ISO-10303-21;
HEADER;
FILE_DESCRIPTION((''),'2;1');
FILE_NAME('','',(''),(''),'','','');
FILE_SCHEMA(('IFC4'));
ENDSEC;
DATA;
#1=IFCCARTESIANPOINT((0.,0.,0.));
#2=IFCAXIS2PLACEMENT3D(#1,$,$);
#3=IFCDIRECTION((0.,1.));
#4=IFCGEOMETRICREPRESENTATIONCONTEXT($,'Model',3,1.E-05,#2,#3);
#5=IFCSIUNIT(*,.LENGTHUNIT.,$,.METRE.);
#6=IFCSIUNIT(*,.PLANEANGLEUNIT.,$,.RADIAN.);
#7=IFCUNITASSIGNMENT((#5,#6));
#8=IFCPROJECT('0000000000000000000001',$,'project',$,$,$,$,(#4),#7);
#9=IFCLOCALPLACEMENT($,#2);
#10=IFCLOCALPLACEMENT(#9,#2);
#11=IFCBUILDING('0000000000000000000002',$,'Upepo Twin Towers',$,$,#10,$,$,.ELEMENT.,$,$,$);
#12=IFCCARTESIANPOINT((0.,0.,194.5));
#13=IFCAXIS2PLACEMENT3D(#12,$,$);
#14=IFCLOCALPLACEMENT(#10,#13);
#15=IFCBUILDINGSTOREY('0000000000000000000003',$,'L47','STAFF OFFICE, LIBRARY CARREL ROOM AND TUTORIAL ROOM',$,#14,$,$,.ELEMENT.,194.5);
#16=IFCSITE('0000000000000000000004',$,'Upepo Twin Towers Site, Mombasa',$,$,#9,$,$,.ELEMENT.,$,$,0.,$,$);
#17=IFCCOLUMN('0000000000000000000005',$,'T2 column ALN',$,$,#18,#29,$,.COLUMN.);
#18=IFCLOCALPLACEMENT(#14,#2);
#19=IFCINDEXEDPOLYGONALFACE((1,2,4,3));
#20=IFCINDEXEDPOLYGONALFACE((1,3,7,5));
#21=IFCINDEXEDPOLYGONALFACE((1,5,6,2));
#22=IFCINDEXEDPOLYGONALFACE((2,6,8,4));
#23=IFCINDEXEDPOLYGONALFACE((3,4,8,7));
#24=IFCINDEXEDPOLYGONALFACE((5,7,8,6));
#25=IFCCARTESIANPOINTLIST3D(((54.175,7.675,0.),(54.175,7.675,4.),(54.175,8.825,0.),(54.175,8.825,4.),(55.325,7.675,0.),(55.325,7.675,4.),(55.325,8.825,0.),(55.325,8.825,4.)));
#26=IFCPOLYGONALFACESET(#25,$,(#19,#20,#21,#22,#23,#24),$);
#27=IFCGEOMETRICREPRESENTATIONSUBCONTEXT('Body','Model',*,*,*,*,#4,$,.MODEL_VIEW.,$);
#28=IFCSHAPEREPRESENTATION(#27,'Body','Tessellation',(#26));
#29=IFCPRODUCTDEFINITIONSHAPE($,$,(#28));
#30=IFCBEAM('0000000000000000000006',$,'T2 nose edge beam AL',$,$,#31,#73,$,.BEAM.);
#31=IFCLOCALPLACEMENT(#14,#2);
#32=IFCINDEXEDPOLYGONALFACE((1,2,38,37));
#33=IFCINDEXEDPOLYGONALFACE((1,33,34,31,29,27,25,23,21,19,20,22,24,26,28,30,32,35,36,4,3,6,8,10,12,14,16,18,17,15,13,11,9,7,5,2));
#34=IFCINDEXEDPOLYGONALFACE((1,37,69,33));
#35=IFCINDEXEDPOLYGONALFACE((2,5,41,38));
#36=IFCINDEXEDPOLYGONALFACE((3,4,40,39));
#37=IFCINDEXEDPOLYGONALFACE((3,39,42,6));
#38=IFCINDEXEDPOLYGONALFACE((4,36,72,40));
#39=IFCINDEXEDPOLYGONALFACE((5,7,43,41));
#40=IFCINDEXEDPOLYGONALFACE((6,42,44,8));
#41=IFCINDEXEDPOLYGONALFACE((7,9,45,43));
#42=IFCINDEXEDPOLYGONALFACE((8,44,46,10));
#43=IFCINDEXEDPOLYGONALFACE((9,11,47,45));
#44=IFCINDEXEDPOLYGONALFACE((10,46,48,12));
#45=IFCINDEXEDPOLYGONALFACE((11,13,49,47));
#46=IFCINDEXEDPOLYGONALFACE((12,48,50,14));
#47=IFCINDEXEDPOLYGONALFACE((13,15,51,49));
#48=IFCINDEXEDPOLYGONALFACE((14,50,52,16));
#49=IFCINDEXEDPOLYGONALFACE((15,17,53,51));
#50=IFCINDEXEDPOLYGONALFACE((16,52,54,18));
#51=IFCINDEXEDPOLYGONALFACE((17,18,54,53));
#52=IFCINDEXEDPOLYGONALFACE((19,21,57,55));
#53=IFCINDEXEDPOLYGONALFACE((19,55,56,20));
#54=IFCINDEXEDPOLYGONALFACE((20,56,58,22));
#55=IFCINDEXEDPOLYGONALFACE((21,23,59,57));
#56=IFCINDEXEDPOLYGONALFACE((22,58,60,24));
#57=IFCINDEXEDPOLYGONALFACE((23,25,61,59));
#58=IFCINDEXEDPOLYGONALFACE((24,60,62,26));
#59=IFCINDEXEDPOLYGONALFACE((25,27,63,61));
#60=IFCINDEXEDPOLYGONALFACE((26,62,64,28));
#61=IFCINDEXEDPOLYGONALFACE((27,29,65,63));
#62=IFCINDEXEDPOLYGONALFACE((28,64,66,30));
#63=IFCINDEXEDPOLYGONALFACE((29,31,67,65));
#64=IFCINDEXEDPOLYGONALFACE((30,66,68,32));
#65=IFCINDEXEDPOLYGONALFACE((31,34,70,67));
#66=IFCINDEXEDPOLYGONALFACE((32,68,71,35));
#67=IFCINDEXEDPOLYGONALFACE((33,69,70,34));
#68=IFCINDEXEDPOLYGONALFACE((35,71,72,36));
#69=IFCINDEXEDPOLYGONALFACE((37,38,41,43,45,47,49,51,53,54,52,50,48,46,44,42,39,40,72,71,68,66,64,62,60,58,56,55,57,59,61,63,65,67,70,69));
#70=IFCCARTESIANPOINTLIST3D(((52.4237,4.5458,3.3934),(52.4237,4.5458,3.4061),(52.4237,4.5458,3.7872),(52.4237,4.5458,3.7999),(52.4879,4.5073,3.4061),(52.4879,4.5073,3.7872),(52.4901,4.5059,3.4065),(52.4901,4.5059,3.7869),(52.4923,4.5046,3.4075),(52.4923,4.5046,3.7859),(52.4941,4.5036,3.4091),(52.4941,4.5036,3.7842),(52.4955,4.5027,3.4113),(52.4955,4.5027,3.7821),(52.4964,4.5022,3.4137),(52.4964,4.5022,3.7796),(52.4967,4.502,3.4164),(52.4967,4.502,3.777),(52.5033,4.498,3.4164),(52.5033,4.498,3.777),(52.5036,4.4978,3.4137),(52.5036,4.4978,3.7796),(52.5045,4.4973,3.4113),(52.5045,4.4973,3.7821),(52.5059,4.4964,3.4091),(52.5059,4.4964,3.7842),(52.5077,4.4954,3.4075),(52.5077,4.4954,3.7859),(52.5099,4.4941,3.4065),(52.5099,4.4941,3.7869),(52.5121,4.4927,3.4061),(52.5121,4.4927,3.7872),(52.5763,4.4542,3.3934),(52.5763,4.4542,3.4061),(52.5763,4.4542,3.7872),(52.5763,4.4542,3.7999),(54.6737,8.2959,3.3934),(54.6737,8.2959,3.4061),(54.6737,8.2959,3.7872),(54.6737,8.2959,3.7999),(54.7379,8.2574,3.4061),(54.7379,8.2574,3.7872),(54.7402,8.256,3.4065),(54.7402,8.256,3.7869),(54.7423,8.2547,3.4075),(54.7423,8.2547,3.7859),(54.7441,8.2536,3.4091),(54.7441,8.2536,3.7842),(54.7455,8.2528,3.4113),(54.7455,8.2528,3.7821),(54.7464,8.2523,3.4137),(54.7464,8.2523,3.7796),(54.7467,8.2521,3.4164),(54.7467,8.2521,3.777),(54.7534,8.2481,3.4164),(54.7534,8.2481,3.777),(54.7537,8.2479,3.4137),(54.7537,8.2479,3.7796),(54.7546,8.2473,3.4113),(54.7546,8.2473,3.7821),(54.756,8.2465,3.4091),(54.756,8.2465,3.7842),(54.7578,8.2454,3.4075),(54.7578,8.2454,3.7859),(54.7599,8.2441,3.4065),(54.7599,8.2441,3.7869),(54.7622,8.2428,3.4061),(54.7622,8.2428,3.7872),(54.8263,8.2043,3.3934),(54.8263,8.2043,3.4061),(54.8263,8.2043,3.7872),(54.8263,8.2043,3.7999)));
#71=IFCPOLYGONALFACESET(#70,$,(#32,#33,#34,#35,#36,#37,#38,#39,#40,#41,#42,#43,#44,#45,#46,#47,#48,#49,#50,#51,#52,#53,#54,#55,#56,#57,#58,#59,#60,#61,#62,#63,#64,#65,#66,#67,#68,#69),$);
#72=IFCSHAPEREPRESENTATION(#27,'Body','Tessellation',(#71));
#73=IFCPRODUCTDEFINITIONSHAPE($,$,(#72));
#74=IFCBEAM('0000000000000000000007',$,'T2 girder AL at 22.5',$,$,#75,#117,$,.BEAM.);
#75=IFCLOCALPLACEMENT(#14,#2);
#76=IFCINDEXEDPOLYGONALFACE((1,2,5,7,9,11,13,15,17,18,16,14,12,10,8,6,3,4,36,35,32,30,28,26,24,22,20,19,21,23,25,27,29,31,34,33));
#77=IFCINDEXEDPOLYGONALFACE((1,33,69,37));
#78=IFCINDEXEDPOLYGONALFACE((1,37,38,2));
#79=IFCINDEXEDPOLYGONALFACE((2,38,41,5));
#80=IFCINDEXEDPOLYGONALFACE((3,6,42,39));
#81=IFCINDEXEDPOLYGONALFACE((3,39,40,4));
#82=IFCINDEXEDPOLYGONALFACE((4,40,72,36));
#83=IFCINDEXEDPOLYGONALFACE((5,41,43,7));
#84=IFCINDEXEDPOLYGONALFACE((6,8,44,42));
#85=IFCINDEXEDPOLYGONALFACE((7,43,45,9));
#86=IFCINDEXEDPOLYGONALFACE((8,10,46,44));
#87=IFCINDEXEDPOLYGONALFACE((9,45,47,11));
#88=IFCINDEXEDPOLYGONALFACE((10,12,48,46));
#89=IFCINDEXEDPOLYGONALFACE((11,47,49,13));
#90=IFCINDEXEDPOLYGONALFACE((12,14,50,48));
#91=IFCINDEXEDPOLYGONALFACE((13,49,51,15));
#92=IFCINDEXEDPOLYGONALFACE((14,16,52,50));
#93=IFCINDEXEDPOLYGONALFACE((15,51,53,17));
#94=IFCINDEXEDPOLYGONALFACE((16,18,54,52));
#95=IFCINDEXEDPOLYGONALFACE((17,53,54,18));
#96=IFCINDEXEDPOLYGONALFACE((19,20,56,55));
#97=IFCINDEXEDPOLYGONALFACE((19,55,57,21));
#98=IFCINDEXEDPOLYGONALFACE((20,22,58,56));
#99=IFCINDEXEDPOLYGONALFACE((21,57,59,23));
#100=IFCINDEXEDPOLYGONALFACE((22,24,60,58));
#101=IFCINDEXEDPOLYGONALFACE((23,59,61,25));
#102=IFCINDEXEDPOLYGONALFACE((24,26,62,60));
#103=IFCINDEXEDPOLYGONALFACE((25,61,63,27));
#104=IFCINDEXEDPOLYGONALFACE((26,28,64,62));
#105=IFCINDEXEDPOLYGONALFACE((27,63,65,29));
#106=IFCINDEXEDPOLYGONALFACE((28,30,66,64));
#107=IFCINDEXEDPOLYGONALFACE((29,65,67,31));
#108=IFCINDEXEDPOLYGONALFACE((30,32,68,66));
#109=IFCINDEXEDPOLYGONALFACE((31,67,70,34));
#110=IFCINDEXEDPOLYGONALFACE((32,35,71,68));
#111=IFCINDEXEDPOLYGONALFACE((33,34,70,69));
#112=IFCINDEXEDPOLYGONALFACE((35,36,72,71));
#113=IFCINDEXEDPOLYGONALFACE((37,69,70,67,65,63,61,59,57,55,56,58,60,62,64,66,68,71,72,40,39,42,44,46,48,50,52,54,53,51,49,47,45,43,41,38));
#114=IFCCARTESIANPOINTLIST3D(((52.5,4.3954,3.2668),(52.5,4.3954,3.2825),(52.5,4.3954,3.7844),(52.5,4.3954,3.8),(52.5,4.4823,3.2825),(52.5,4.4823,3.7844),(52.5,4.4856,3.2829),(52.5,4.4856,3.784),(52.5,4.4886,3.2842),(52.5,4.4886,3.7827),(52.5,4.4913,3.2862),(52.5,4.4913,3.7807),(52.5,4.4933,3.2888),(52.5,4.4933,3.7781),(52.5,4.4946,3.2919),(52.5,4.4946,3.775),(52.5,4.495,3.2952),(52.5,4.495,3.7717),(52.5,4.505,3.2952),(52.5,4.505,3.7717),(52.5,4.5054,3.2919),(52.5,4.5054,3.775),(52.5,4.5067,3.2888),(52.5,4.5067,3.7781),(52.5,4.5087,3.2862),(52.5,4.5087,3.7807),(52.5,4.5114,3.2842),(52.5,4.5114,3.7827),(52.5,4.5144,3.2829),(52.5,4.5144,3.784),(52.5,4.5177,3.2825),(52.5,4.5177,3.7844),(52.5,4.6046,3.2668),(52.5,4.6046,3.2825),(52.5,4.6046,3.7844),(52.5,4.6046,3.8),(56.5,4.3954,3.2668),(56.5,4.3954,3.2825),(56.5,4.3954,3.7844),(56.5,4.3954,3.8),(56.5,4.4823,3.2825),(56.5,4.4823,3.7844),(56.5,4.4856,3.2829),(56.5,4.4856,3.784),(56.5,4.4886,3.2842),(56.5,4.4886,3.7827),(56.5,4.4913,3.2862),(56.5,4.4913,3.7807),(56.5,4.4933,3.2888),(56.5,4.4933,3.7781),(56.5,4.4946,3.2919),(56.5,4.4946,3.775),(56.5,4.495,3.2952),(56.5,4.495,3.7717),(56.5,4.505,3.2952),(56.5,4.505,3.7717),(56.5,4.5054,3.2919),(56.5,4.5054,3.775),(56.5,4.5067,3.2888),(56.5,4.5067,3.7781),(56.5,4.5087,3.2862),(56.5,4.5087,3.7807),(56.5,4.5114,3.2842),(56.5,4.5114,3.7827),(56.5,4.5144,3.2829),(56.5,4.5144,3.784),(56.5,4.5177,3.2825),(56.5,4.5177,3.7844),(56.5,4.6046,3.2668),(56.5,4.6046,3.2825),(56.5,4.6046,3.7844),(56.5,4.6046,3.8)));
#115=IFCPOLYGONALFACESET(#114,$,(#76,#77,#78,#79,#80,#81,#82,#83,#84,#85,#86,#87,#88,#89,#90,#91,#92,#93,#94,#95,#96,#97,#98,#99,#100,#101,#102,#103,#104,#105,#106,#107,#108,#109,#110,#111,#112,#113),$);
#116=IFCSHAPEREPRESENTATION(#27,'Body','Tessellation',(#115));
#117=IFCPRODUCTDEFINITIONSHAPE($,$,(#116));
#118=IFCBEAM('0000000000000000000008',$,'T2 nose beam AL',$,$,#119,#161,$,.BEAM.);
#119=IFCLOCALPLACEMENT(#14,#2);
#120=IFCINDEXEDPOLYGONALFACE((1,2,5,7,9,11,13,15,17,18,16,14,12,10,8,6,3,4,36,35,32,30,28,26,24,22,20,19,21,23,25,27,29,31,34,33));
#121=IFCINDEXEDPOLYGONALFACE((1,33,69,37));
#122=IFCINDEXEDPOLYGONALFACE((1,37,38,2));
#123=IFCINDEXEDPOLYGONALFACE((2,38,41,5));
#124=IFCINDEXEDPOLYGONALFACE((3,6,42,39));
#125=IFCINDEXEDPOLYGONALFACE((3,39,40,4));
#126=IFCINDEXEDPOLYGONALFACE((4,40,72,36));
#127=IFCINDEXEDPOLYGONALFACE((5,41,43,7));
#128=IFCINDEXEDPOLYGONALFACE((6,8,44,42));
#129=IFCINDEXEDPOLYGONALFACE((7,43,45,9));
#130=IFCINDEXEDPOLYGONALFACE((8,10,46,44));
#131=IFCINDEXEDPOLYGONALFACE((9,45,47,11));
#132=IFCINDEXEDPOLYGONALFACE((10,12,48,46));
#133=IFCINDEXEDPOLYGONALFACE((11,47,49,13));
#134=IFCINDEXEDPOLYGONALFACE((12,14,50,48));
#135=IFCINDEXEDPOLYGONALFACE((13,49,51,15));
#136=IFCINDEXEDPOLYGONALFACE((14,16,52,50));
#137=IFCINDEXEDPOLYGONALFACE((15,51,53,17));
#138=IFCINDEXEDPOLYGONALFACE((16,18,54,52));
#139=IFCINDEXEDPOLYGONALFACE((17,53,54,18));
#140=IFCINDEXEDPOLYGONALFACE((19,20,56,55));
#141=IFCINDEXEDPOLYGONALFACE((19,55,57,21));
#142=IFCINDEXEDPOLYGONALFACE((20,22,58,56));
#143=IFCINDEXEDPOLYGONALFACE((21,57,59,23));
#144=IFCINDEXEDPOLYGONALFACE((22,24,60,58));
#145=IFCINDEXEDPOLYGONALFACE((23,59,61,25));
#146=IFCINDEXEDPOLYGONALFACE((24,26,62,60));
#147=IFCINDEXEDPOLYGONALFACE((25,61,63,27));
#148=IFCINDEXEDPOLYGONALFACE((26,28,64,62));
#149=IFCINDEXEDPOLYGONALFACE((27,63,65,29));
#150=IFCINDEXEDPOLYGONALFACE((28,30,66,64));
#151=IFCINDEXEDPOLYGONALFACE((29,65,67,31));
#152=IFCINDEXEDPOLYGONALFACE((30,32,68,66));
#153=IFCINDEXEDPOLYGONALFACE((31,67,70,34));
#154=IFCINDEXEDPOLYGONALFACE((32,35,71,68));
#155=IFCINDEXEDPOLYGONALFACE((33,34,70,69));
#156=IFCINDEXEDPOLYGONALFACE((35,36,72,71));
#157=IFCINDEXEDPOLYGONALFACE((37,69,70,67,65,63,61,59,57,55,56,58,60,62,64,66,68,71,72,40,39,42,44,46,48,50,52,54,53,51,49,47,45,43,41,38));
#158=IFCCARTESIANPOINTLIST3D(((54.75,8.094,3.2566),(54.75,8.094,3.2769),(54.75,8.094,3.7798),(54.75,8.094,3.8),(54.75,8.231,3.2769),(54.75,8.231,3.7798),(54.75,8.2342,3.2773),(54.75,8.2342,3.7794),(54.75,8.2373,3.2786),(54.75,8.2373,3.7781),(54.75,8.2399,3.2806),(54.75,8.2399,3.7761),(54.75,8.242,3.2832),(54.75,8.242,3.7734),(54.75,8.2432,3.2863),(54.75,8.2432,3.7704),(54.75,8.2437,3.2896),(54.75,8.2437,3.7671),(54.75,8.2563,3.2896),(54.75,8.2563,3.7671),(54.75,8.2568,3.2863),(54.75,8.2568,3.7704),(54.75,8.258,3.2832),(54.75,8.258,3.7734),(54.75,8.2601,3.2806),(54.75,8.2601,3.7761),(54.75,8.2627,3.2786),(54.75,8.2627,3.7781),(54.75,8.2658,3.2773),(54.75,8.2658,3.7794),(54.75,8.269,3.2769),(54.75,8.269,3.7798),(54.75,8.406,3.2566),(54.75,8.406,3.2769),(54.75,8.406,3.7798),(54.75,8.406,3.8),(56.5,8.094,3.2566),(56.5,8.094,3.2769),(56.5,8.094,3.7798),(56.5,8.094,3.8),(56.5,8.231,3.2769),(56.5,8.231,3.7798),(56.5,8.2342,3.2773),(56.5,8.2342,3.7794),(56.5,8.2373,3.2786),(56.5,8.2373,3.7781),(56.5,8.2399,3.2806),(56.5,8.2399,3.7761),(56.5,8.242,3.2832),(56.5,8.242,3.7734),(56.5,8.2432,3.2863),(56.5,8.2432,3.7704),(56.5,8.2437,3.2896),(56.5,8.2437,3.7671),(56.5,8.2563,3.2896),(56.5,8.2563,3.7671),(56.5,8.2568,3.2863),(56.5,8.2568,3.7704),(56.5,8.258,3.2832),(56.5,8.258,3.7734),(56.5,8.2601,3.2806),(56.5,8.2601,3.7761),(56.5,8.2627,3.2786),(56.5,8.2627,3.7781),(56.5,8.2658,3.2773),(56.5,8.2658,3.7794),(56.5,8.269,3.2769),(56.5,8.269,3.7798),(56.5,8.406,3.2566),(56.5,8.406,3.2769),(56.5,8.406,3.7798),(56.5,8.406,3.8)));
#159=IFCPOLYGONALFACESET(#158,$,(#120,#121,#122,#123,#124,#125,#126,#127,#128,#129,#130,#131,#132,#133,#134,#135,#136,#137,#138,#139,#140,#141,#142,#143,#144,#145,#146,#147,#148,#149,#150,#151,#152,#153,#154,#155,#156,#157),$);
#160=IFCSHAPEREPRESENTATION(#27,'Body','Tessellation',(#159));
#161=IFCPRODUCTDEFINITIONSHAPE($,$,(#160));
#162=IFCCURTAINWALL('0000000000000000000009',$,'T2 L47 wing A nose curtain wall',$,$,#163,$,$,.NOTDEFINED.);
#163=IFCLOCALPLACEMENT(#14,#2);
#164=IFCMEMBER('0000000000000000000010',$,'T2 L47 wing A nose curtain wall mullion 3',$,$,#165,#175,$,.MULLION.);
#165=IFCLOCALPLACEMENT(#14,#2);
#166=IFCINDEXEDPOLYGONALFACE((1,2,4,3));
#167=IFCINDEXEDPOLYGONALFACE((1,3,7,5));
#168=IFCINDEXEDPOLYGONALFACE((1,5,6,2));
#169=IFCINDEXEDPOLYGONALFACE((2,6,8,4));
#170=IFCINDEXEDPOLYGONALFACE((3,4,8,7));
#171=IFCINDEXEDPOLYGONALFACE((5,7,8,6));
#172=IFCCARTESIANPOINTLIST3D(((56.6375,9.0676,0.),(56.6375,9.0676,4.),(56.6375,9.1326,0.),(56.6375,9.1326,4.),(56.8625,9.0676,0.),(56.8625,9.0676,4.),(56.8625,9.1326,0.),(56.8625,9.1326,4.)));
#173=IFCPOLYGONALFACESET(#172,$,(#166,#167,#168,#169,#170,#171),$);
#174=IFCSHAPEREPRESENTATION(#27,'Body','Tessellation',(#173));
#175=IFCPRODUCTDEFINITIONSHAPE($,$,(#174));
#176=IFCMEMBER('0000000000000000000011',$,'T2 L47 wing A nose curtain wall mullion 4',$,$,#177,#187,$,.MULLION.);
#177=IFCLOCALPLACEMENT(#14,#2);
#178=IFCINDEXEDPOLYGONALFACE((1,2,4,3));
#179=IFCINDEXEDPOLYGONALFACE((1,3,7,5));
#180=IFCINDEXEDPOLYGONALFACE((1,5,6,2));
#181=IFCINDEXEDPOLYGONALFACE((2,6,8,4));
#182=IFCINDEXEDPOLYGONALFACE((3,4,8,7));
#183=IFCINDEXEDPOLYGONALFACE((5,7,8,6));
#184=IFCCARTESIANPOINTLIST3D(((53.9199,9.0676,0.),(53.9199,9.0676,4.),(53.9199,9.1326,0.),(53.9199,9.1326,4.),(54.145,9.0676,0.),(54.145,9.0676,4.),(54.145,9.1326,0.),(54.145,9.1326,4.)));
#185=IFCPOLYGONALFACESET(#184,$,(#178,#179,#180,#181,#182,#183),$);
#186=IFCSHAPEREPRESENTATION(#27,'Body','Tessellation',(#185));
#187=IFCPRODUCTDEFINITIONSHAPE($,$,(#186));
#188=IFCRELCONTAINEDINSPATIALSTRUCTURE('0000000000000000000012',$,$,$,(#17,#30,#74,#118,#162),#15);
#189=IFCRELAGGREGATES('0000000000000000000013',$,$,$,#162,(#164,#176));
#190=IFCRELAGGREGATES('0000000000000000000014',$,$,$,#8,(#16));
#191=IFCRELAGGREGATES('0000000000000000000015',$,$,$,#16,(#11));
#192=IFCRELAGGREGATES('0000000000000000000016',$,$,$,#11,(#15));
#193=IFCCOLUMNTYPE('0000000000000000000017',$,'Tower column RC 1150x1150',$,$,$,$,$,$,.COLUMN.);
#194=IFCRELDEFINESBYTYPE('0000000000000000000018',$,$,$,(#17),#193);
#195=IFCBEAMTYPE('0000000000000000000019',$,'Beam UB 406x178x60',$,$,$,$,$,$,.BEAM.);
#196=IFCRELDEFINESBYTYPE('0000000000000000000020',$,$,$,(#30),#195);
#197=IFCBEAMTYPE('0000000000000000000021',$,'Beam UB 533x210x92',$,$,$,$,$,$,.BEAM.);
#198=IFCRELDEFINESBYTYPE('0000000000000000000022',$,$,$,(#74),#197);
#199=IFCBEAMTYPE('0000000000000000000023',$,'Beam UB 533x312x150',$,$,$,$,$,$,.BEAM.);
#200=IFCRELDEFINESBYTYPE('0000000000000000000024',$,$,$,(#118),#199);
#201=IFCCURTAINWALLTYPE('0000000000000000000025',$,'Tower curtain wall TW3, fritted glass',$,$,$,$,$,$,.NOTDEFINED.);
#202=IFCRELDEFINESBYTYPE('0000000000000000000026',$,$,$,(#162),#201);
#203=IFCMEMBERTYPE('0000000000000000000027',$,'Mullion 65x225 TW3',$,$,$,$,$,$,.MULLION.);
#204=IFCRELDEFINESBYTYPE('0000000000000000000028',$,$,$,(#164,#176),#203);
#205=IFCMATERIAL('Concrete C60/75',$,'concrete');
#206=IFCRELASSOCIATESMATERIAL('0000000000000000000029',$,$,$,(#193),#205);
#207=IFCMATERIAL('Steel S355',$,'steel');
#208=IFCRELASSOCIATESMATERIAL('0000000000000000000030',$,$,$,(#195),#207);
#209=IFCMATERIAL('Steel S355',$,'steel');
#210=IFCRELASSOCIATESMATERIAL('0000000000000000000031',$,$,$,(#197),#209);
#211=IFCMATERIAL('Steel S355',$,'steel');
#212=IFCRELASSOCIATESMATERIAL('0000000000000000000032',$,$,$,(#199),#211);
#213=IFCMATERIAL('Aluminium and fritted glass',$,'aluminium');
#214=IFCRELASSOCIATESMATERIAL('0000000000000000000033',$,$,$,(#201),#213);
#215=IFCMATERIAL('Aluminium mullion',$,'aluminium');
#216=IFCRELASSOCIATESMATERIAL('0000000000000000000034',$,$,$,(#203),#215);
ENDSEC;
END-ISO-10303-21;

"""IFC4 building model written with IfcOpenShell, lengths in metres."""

from ifc_helpers import new_model, si_unit, direction, frame, origin, origin_2d, place, context, subcontext, project, spatial, rectangle, i_section, extrude, material, material_profile, profile_set, type_object, element, aggregate, save


model = new_model("IFC4")

# Units and contexts
model_context = context("Model", 3, precision=1e-05, world=origin(), true_north=direction((0.0, 1.0)))
body_context = subcontext(model_context, "Body", "Model", "MODEL_VIEW")
ifc_project = project(units=[si_unit("LENGTHUNIT", "METRE"), si_unit("PLANEANGLEUNIT", "RADIAN")], contexts=[model_context])

# Site, building, storey
site_placement = place(None, origin())
site = spatial("IfcSite", under=ifc_project, at=site_placement, Name="Upepo Twin Towers Site, Mombasa", CompositionType="ELEMENT", RefElevation=0.0)
building_placement = place(site_placement, origin())
building = spatial("IfcBuilding", under=site, at=building_placement, Name="Upepo Twin Towers", CompositionType="ELEMENT")
storey_placement = place(building_placement, frame((0.0, 0.0, 194.5)))
storey = spatial("IfcBuildingStorey", under=building, at=storey_placement, Name="L47", Description="STAFF OFFICE, LIBRARY CARREL ROOM AND TUTORIAL ROOM", CompositionType="ELEMENT", Elevation=194.5)

# Column
ifc_material_1 = material(Name="Concrete C60/75", Category="concrete")
ifc_material_profile_1 = material_profile(ifc_material_1, rectangle(XDim=1.1499, YDim=1.1499, at=origin_2d()), Name="RC 1150x1150")
ifc_profile_set_1 = profile_set([ifc_material_profile_1], Name="Concrete C60/75")
column_type = type_object("IfcColumnType", Name="Tower column RC 1150x1150", PredefinedType="COLUMN", material=ifc_profile_set_1)
column_placement = place(storey_placement, frame((54.75, 8.25, 0.0), z_axis=(0.0, 0.0, 1.0), x_axis=(1.0, 0.0, 0.0)))
element("IfcColumn", 1, at=column_placement, inside=storey, type_object=column_type, Name="T2 column ALN", PredefinedType="COLUMN", context=body_context, shape_type="SweptSolid", body=[
    extrude(rectangle(XDim=1.1499, YDim=1.1499, at=origin_2d()), origin(), (0.0, 0.0, 1.0), 4.0),
])

# Beams
ifc_material_2 = material(Name="Steel S355", Category="steel")
ifc_material_profile_2 = material_profile(ifc_material_2, i_section(OverallWidth=0.178, OverallDepth=0.4065, WebThickness=0.0078, FlangeThickness=0.0127, FilletRadius=0.0103, at=origin_2d()), Name="UB 406x178x60")
ifc_profile_set_2 = profile_set([ifc_material_profile_2], Name="Steel S355")
beam_type_1 = type_object("IfcBeamType", Name="Beam UB 406x178x60", PredefinedType="BEAM", material=ifc_profile_set_2)
beam_1_placement = place(storey_placement, frame((52.5, 4.5, 3.5967), z_axis=(0.514496, 0.857493, 0.0), x_axis=(-0.857493, 0.514496, 0.0)))
element("IfcBeam", 2, at=beam_1_placement, inside=storey, type_object=beam_type_1, Name="T2 nose edge beam AL", PredefinedType="BEAM", context=body_context, shape_type="SweptSolid", body=[
    extrude(i_section(OverallWidth=0.178, OverallDepth=0.4065, WebThickness=0.0078, FlangeThickness=0.0127, FilletRadius=0.0103, at=origin_2d()), origin(), (0.0, 0.0, 1.0), 4.3733),
])
ifc_material_3 = material(Name="Steel S355", Category="steel")
ifc_material_profile_3 = material_profile(ifc_material_3, i_section(OverallWidth=0.2092, OverallDepth=0.5332, WebThickness=0.01, FlangeThickness=0.0156, FilletRadius=0.0127, at=origin_2d()), Name="UB 533x210x92")
ifc_profile_set_3 = profile_set([ifc_material_profile_3], Name="Steel S355")
beam_type_2 = type_object("IfcBeamType", Name="Beam UB 533x210x92", PredefinedType="BEAM", material=ifc_profile_set_3)
beam_2_placement = place(storey_placement, frame((52.5, 4.5, 3.5334), z_axis=(1.0, 0.0, 0.0), x_axis=(0.0, 1.0, 0.0)))
element("IfcBeam", 3, at=beam_2_placement, inside=storey, type_object=beam_type_2, Name="T2 girder AL at 22.5", PredefinedType="BEAM", context=body_context, shape_type="SweptSolid", body=[
    extrude(i_section(OverallWidth=0.2092, OverallDepth=0.5332, WebThickness=0.01, FlangeThickness=0.0156, FilletRadius=0.0127, at=origin_2d()), origin(), (0.0, 0.0, 1.0), 4.0),
])
ifc_material_4 = material(Name="Steel S355", Category="steel")
ifc_material_profile_4 = material_profile(ifc_material_4, i_section(OverallWidth=0.312, OverallDepth=0.5435, WebThickness=0.0127, FlangeThickness=0.0203, FilletRadius=0.0127, at=origin_2d()), Name="UB 533x312x150")
ifc_profile_set_4 = profile_set([ifc_material_profile_4], Name="Steel S355")
beam_type_3 = type_object("IfcBeamType", Name="Beam UB 533x312x150", PredefinedType="BEAM", material=ifc_profile_set_4)
beam_3_placement = place(storey_placement, frame((54.75, 8.25, 3.5283), z_axis=(1.0, 0.0, 0.0), x_axis=(0.0, 1.0, 0.0)))
element("IfcBeam", 4, at=beam_3_placement, inside=storey, type_object=beam_type_3, Name="T2 nose beam AL", PredefinedType="BEAM", context=body_context, shape_type="SweptSolid", body=[
    extrude(i_section(OverallWidth=0.312, OverallDepth=0.5435, WebThickness=0.0127, FlangeThickness=0.0203, FilletRadius=0.0127, at=origin_2d()), origin(), (0.0, 0.0, 1.0), 1.75),
])

# Curtain wall, members
ifc_material_5 = material(Name="Aluminium and fritted glass", Category="aluminium")
curtain_wall_type = type_object("IfcCurtainWallType", Name="Tower curtain wall TW3, fritted glass", PredefinedType="NOTDEFINED", material=ifc_material_5)
curtain_wall_placement = place(storey_placement, origin())
curtain_wall = element("IfcCurtainWall", 5, at=curtain_wall_placement, inside=storey, type_object=curtain_wall_type, Name="T2 L47 wing A nose curtain wall", PredefinedType="NOTDEFINED")
ifc_material_6 = material(Name="Aluminium mullion", Category="aluminium")
ifc_material_profile_5 = material_profile(ifc_material_6, rectangle(XDim=0.0649, YDim=0.2251, at=origin_2d()), Name="MULLION 65x225")
ifc_profile_set_5 = profile_set([ifc_material_profile_5], Name="Aluminium mullion")
member_type_1 = type_object("IfcMemberType", Name="Mullion 65x225 TW3", PredefinedType="MULLION", material=ifc_profile_set_5)
member_1_placement = place(storey_placement, frame((56.75, 9.1001, 0.0), z_axis=(0.0, 0.0, 1.0), x_axis=(0.0, -1.0, 0.0)))
member_1 = element("IfcMember", 6, at=member_1_placement, type_object=member_type_1, Name="T2 L47 wing A nose curtain wall mullion 3", PredefinedType="MULLION", context=body_context, shape_type="SweptSolid", body=[
    extrude(rectangle(XDim=0.0649, YDim=0.2251, at=origin_2d()), origin(), (0.0, 0.0, 1.0), 4.0),
])
member_2_placement = place(storey_placement, frame((54.0325, 9.1001, 0.0), z_axis=(0.0, 0.0, 1.0), x_axis=(0.0, -1.0, 0.0)))
member_2 = element("IfcMember", 7, at=member_2_placement, type_object=member_type_1, Name="T2 L47 wing A nose curtain wall mullion 4", PredefinedType="MULLION", context=body_context, shape_type="SweptSolid", body=[
    extrude(rectangle(XDim=0.0649, YDim=0.2251, at=origin_2d()), origin(), (0.0, 0.0, 1.0), 4.0),
])
aggregate(curtain_wall, [member_1, member_2])

save(model, "model.ifc")
